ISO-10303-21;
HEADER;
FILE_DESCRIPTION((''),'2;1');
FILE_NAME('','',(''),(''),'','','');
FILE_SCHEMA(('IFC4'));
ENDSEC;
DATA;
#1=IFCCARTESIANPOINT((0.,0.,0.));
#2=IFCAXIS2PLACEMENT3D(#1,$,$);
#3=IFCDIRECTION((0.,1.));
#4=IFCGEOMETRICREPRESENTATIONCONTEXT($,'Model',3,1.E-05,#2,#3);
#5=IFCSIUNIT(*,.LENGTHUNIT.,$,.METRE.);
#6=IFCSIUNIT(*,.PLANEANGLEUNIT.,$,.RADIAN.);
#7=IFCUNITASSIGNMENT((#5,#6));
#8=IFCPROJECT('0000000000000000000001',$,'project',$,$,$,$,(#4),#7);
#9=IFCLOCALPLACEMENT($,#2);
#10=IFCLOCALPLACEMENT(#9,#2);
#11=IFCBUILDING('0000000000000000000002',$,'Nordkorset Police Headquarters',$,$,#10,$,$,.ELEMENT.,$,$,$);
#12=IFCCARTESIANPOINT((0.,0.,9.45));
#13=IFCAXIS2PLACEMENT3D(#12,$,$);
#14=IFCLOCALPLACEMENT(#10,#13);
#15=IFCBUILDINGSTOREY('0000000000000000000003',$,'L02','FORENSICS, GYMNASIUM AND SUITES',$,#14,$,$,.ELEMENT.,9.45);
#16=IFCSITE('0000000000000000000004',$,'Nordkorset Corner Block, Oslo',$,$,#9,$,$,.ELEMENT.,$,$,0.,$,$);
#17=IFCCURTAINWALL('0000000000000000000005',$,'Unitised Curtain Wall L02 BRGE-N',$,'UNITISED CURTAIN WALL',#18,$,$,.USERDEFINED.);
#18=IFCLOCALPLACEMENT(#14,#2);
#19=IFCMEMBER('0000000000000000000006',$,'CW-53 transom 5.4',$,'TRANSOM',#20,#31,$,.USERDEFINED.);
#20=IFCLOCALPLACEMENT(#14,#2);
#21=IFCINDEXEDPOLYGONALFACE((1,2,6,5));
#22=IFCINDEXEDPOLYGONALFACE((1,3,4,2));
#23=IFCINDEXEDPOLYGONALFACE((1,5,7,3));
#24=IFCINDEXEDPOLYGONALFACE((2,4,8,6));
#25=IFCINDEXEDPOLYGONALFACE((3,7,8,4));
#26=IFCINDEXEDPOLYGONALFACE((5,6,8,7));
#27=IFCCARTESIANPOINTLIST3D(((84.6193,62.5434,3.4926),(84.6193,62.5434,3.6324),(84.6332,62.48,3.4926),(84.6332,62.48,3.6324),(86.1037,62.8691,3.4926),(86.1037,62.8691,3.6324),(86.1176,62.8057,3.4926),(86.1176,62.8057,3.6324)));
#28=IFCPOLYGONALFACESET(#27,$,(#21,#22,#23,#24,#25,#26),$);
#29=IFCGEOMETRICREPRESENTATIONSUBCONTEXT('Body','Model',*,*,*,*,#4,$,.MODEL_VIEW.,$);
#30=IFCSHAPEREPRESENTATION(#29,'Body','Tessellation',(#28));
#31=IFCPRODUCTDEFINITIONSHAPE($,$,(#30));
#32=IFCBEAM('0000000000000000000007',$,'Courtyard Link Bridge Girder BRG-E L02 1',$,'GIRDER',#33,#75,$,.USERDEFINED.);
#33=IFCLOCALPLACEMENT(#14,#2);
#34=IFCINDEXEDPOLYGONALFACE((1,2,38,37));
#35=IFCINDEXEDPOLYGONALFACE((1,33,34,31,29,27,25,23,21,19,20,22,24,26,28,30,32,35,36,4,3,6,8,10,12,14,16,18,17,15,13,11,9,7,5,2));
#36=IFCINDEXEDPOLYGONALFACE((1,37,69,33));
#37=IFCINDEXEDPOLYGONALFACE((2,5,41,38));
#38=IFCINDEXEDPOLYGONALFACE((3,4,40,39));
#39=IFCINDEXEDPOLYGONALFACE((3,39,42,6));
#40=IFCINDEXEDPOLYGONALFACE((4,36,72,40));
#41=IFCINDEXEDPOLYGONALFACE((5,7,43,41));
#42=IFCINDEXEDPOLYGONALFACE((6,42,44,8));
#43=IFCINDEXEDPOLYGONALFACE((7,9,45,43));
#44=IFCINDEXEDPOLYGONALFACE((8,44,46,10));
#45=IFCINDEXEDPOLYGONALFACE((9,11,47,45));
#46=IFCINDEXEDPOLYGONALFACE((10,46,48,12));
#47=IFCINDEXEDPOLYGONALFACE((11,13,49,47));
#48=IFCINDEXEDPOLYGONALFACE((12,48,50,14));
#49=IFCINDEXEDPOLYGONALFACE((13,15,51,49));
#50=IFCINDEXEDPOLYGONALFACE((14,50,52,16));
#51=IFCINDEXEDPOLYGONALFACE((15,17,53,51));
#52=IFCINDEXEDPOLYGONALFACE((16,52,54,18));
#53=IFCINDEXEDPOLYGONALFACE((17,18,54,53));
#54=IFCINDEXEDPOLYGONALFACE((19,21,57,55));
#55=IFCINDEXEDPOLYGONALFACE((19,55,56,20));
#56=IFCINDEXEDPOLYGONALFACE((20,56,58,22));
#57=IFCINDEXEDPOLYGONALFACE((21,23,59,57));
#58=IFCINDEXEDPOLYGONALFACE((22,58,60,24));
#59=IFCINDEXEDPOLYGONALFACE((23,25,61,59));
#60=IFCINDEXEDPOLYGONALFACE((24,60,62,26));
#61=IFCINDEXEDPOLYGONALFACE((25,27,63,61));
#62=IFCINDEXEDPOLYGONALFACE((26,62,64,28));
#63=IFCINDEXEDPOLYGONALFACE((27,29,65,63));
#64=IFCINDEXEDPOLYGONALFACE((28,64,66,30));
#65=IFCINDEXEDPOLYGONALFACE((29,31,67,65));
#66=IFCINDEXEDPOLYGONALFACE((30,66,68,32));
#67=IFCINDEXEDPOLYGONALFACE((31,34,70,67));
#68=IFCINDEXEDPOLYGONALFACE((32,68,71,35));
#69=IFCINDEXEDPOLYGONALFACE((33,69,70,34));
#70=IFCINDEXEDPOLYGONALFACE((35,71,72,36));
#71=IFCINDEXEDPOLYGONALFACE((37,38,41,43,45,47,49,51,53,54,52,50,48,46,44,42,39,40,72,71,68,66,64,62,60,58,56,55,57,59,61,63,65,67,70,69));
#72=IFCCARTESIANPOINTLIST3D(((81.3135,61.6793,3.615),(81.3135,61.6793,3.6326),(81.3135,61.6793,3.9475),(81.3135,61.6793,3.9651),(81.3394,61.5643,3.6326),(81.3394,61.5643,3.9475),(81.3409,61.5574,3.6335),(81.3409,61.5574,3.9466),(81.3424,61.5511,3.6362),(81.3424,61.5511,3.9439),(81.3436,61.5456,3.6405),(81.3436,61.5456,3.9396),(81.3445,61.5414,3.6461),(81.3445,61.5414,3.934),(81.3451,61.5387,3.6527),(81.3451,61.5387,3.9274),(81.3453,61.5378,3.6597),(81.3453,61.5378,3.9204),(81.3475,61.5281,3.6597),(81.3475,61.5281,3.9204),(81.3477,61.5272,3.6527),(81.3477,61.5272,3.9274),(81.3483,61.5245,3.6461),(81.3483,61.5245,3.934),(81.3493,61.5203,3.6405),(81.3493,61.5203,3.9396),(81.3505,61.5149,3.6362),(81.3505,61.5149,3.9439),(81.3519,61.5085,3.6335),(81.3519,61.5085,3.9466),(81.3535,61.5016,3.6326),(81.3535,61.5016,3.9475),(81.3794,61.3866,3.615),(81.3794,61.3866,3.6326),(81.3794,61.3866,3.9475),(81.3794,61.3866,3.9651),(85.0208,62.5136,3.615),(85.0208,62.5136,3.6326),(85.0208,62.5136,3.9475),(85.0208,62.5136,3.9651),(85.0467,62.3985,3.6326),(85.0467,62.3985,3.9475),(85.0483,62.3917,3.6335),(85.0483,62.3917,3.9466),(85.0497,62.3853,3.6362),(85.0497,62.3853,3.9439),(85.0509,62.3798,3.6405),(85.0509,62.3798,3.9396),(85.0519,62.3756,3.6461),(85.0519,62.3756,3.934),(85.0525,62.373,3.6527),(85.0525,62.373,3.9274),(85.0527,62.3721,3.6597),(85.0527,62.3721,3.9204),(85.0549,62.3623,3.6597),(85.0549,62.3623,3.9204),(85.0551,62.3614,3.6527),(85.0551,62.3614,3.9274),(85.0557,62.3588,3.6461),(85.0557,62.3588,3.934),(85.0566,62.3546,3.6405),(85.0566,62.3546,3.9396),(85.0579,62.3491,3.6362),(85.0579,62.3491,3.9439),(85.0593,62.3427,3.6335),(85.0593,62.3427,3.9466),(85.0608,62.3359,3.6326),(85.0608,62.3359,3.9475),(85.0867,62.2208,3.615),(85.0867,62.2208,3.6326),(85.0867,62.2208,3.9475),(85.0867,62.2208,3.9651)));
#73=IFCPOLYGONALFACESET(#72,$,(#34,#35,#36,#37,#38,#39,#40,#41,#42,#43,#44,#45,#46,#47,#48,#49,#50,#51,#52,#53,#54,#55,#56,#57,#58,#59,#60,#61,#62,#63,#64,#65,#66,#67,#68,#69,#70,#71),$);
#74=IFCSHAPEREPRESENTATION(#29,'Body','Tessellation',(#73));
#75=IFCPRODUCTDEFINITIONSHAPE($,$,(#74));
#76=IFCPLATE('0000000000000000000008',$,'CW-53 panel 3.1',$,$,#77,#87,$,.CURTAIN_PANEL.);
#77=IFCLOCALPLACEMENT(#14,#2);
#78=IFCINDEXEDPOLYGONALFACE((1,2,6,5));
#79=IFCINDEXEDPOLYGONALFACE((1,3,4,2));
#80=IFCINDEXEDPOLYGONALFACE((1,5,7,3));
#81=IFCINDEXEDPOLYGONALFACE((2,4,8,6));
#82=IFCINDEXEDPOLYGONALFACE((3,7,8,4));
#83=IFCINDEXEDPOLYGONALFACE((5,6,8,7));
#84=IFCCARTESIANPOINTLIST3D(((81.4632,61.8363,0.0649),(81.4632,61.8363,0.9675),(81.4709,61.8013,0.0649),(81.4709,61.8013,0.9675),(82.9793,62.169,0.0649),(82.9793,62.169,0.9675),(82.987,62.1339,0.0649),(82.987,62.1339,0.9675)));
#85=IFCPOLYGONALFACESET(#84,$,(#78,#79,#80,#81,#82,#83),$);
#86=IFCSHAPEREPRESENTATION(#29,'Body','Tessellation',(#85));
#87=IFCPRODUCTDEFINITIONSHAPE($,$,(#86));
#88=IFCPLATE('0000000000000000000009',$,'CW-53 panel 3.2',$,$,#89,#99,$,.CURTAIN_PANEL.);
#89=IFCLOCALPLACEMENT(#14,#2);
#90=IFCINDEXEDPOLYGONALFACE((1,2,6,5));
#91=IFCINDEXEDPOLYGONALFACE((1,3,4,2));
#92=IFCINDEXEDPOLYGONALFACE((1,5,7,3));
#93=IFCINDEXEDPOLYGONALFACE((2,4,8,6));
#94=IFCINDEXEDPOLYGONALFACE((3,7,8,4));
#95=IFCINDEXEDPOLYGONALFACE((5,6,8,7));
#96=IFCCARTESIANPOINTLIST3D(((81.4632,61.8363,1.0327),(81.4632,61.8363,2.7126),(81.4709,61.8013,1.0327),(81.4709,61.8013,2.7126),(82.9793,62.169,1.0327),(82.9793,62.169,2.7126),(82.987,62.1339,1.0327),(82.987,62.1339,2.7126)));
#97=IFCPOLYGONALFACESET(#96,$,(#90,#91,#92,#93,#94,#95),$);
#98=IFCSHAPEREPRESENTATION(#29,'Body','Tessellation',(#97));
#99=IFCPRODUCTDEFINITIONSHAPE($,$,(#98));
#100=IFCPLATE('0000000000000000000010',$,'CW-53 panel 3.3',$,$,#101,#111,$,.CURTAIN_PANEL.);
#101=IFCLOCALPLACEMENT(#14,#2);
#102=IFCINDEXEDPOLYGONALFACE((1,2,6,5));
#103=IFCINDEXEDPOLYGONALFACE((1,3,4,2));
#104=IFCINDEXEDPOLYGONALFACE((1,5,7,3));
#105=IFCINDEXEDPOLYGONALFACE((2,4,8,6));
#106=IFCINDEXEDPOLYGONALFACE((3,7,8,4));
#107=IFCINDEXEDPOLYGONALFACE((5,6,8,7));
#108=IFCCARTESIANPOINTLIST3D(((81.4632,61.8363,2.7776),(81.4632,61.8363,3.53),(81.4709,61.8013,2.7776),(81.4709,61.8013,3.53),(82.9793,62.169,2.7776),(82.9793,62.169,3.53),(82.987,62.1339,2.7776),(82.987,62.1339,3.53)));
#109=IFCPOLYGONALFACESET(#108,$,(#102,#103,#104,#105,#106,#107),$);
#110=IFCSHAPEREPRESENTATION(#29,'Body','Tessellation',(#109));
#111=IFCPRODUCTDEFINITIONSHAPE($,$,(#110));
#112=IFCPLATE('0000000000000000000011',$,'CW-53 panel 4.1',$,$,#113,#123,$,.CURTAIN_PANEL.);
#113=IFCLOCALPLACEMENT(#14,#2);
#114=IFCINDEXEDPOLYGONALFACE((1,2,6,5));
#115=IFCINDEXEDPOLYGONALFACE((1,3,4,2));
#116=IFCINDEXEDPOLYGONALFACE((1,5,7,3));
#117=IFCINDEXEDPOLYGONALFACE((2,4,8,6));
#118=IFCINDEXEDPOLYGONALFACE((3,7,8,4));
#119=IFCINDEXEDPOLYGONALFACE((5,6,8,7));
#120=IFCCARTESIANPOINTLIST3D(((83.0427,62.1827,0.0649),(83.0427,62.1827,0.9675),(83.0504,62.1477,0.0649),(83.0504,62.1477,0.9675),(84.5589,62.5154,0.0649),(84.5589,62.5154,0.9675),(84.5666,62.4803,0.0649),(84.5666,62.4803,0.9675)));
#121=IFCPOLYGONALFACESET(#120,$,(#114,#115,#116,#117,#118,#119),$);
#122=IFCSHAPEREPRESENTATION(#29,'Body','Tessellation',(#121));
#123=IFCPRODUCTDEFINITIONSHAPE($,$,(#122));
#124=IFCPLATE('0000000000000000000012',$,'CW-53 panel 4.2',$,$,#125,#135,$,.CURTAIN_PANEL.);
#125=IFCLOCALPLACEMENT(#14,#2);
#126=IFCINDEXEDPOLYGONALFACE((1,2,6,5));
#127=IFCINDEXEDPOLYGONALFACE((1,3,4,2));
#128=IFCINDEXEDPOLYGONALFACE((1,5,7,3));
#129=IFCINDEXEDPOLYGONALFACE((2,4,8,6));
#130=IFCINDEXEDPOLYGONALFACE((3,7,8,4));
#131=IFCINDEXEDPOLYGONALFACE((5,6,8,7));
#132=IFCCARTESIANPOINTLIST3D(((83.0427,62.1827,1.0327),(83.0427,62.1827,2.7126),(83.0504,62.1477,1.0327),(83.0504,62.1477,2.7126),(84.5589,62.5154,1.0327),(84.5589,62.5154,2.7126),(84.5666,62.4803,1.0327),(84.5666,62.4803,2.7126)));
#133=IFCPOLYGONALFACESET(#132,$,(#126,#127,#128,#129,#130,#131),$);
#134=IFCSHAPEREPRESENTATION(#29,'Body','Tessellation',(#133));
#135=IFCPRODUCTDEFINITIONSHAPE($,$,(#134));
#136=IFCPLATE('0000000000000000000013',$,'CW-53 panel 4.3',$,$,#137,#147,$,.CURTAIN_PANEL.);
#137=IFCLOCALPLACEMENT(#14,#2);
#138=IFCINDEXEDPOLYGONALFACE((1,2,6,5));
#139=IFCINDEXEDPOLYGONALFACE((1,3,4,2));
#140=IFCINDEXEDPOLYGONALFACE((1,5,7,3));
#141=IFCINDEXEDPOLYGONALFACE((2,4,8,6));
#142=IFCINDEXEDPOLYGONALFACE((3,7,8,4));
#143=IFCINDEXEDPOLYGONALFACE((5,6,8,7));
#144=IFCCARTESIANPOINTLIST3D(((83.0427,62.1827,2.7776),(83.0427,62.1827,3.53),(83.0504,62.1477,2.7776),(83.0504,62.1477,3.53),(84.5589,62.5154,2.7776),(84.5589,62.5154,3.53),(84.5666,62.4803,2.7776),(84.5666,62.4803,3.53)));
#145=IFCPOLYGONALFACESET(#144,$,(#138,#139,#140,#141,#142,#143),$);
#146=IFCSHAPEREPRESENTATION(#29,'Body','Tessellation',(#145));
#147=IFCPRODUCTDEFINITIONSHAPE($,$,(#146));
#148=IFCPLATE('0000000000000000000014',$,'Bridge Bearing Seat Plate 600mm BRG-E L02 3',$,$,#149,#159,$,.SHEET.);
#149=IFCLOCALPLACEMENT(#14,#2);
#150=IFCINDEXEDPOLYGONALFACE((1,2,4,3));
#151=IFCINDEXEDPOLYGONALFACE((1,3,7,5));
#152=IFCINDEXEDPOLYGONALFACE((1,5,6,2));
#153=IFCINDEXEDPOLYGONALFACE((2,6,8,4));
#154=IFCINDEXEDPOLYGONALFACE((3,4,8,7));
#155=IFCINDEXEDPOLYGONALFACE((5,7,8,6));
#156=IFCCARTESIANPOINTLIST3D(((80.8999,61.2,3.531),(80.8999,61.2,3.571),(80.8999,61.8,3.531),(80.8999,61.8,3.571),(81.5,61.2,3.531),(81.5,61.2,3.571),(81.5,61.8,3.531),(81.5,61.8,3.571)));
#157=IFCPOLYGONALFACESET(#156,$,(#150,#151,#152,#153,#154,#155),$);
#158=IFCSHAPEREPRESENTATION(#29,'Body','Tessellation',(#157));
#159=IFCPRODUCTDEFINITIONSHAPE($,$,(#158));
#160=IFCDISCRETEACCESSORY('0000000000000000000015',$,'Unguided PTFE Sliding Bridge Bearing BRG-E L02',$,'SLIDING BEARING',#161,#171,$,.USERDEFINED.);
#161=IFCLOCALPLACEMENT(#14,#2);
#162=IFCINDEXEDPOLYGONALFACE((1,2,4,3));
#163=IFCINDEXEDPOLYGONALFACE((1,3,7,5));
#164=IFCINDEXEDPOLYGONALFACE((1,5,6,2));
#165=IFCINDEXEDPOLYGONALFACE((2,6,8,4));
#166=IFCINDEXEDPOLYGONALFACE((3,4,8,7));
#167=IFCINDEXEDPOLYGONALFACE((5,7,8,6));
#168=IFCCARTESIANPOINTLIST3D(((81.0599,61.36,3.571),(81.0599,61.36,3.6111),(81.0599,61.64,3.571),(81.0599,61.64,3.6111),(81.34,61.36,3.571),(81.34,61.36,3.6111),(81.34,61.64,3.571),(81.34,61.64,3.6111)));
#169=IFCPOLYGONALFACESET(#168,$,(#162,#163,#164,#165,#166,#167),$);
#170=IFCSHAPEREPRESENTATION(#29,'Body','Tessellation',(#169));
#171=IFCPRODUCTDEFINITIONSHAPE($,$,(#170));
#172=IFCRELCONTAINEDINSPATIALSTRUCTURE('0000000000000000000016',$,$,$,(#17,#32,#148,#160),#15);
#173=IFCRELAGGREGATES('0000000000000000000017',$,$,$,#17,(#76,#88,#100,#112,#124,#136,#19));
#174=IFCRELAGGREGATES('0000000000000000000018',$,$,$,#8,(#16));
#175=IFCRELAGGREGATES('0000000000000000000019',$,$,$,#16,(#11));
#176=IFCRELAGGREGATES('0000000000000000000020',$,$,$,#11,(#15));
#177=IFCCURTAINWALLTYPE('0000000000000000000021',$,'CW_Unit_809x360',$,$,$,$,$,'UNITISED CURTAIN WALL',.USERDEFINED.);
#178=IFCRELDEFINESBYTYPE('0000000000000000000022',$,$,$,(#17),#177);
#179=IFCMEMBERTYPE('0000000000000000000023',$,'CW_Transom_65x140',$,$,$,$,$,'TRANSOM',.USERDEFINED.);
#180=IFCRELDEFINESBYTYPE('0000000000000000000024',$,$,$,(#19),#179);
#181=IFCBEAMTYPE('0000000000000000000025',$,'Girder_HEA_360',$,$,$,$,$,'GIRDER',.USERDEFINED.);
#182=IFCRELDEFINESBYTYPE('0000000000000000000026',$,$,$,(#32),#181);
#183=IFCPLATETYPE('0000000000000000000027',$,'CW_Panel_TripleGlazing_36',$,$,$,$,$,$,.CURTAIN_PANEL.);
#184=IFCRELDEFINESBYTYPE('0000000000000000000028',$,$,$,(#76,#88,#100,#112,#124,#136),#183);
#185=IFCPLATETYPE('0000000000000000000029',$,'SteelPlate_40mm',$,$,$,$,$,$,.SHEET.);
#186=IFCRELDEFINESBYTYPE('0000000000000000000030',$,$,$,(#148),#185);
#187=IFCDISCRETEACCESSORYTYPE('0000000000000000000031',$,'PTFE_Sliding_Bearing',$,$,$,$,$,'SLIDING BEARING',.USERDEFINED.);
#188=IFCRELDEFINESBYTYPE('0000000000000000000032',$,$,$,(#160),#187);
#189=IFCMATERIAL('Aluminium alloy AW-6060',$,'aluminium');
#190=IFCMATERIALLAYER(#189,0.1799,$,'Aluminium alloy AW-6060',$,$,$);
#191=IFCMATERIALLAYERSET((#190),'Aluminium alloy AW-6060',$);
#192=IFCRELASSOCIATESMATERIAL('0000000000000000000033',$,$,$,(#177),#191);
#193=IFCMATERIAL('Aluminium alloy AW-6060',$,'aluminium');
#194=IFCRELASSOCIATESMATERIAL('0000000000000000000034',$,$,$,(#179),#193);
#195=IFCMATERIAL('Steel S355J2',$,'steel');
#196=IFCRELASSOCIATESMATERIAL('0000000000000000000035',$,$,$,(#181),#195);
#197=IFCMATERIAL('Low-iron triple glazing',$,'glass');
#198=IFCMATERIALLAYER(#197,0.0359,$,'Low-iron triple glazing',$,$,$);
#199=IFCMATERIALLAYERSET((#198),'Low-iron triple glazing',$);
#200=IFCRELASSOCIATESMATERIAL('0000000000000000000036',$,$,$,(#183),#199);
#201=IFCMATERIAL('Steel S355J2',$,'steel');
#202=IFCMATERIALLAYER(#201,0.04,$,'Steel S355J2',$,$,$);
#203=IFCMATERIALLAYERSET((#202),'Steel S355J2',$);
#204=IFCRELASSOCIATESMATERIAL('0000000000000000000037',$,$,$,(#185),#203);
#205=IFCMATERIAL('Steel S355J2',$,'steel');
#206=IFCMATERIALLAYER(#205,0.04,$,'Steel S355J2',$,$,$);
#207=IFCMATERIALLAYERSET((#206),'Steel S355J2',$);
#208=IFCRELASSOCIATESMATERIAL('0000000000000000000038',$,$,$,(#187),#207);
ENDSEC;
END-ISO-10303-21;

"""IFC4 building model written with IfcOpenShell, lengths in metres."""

from ifc_helpers import new_model, si_unit, direction, frame, origin, origin_2d, place, context, subcontext, project, spatial, rectangle, i_section, extrude, material, layer, layer_set, material_profile, profile_set, type_object, element, aggregate, save


model = new_model("IFC4")

# Units and contexts
model_context = context("Model", 3, precision=1e-05, world=origin(), true_north=direction((0.0, 1.0)))
body_context = subcontext(model_context, "Body", "Model", "MODEL_VIEW")
ifc_project = project(units=[si_unit("LENGTHUNIT", "METRE"), si_unit("PLANEANGLEUNIT", "RADIAN")], contexts=[model_context])

# Site, building, storey
site_placement = place(None, origin())
site = spatial("IfcSite", under=ifc_project, at=site_placement, Name="Nordkorset Corner Block, Oslo", CompositionType="ELEMENT", RefElevation=0.0)
building_placement = place(site_placement, origin())
building = spatial("IfcBuilding", under=site, at=building_placement, Name="Nordkorset Police Headquarters", CompositionType="ELEMENT")
storey_placement = place(building_placement, frame((0.0, 0.0, 9.45)))
storey = spatial("IfcBuildingStorey", under=building, at=storey_placement, Name="L02", Description="FORENSICS, GYMNASIUM AND SUITES", CompositionType="ELEMENT", Elevation=9.45)

# Curtain wall, member
ifc_material_1 = material(Name="Aluminium alloy AW-6060", Category="aluminium")
ifc_layer_1 = layer(ifc_material_1, 0.1799, Name="Aluminium alloy AW-6060")
ifc_layer_set_1 = layer_set([ifc_layer_1], Name="Aluminium alloy AW-6060")
curtain_wall_type = type_object("IfcCurtainWallType", Name="CW_Unit_809x360", ElementType="UNITISED CURTAIN WALL", PredefinedType="USERDEFINED", material=ifc_layer_set_1)
curtain_wall_placement = place(storey_placement, origin())
curtain_wall = element("IfcCurtainWall", 1, at=curtain_wall_placement, inside=storey, type_object=curtain_wall_type, Name="Unitised Curtain Wall L02 BRGE-N", ObjectType="UNITISED CURTAIN WALL", PredefinedType="USERDEFINED")
ifc_material_2 = material(Name="Aluminium alloy AW-6060", Category="aluminium")
ifc_material_profile_1 = material_profile(ifc_material_2, rectangle(XDim=0.0649, YDim=0.1399, at=origin_2d()), Name="ALU TRAN 65x140")
ifc_profile_set_1 = profile_set([ifc_material_profile_1], Name="Aluminium alloy AW-6060")
member_type_1 = type_object("IfcMemberType", Name="CW_Transom_65x140", ElementType="TRANSOM", PredefinedType="USERDEFINED", material=ifc_profile_set_1)
member_1_placement = place(storey_placement, frame((84.6262, 62.5117, 3.5625), z_axis=(0.976766, 0.21431, 0.0), x_axis=(-0.21431, 0.976766, 0.0)))
member_1 = element("IfcMember", 2, at=member_1_placement, type_object=member_type_1, Name="CW-53 transom 5.4", ObjectType="TRANSOM", PredefinedType="USERDEFINED", context=body_context, shape_type="SweptSolid", body=[
    extrude(rectangle(XDim=0.0649, YDim=0.1399, at=origin_2d()), origin(), (0.0, 0.0, 1.0), 1.5198),
])

# Beam
ifc_material_3 = material(Name="Steel S355J2", Category="steel")
ifc_material_profile_2 = material_profile(ifc_material_3, i_section(OverallWidth=0.3, OverallDepth=0.3501, WebThickness=0.01, FlangeThickness=0.0176, FilletRadius=0.0271, at=origin_2d()), Name="HEA 360")
ifc_profile_set_2 = profile_set([ifc_material_profile_2], Name="Steel S355J2")
beam_type = type_object("IfcBeamType", Name="Girder_HEA_360", ElementType="GIRDER", PredefinedType="USERDEFINED", material=ifc_profile_set_2)
beam_placement = place(storey_placement, frame((81.3464, 61.533, 3.79), z_axis=(0.975605, 0.219535, 0.0), x_axis=(-0.219535, 0.975605, 0.0)))
element("IfcBeam", 3, at=beam_placement, inside=storey, type_object=beam_type, Name="Courtyard Link Bridge Girder BRG-E L02 1", ObjectType="GIRDER", PredefinedType="USERDEFINED", context=body_context, shape_type="SweptSolid", body=[
    extrude(i_section(OverallWidth=0.3, OverallDepth=0.3501, WebThickness=0.01, FlangeThickness=0.0176, FilletRadius=0.0271, at=origin_2d()), origin(), (0.0, 0.0, 1.0), 3.8),
])

# Plates
ifc_material_4 = material(Name="Low-iron triple glazing", Category="glass")
ifc_layer_2 = layer(ifc_material_4, 0.0359, Name="Low-iron triple glazing")
ifc_layer_set_2 = layer_set([ifc_layer_2], Name="Low-iron triple glazing")
plate_type_1 = type_object("IfcPlateType", Name="CW_Panel_TripleGlazing_36", PredefinedType="CURTAIN_PANEL", material=ifc_layer_set_2)
plate_1_placement = place(storey_placement, frame((82.2251, 61.9851, 0.0649), z_axis=(0.0, 0.0, 1.0), x_axis=(0.976768, 0.214298, 0.0)))
plate_1 = element("IfcPlate", 4, at=plate_1_placement, type_object=plate_type_1, Name="CW-53 panel 3.1", PredefinedType="CURTAIN_PANEL", context=body_context, shape_type="SweptSolid", body=[
    extrude(rectangle(XDim=1.5522, YDim=0.0359, at=origin_2d()), origin(), (0.0, 0.0, 1.0), 0.9026),
])
plate_2_placement = place(storey_placement, frame((82.2251, 61.9851, 1.0327), z_axis=(0.0, 0.0, 1.0), x_axis=(0.976768, 0.214298, 0.0)))
plate_2 = element("IfcPlate", 5, at=plate_2_placement, type_object=plate_type_1, Name="CW-53 panel 3.2", PredefinedType="CURTAIN_PANEL", context=body_context, shape_type="SweptSolid", body=[
    extrude(rectangle(XDim=1.5522, YDim=0.0359, at=origin_2d()), origin(), (0.0, 0.0, 1.0), 1.6799),
])
plate_3_placement = place(storey_placement, frame((82.2251, 61.9851, 2.7776), z_axis=(0.0, 0.0, 1.0), x_axis=(0.976768, 0.214298, 0.0)))
plate_3 = element("IfcPlate", 6, at=plate_3_placement, type_object=plate_type_1, Name="CW-53 panel 3.3", PredefinedType="CURTAIN_PANEL", context=body_context, shape_type="SweptSolid", body=[
    extrude(rectangle(XDim=1.5522, YDim=0.0359, at=origin_2d()), origin(), (0.0, 0.0, 1.0), 0.7524),
])
plate_4_placement = place(storey_placement, frame((83.8047, 62.3315, 0.0649), z_axis=(0.0, 0.0, 1.0), x_axis=(0.976768, 0.214298, 0.0)))
plate_4 = element("IfcPlate", 7, at=plate_4_placement, type_object=plate_type_1, Name="CW-53 panel 4.1", PredefinedType="CURTAIN_PANEL", context=body_context, shape_type="SweptSolid", body=[
    extrude(rectangle(XDim=1.5522, YDim=0.0359, at=origin_2d()), origin(), (0.0, 0.0, 1.0), 0.9026),
])
plate_5_placement = place(storey_placement, frame((83.8047, 62.3315, 1.0327), z_axis=(0.0, 0.0, 1.0), x_axis=(0.976768, 0.214298, 0.0)))
plate_5 = element("IfcPlate", 8, at=plate_5_placement, type_object=plate_type_1, Name="CW-53 panel 4.2", PredefinedType="CURTAIN_PANEL", context=body_context, shape_type="SweptSolid", body=[
    extrude(rectangle(XDim=1.5522, YDim=0.0359, at=origin_2d()), origin(), (0.0, 0.0, 1.0), 1.6799),
])
plate_6_placement = place(storey_placement, frame((83.8047, 62.3315, 2.7776), z_axis=(0.0, 0.0, 1.0), x_axis=(0.976768, 0.214298, 0.0)))
plate_6 = element("IfcPlate", 9, at=plate_6_placement, type_object=plate_type_1, Name="CW-53 panel 4.3", PredefinedType="CURTAIN_PANEL", context=body_context, shape_type="SweptSolid", body=[
    extrude(rectangle(XDim=1.5522, YDim=0.0359, at=origin_2d()), origin(), (0.0, 0.0, 1.0), 0.7524),
])
aggregate(curtain_wall, [plate_1, plate_2, plate_3, plate_4, plate_5, plate_6, member_1])
ifc_material_5 = material(Name="Steel S355J2", Category="steel")
ifc_layer_3 = layer(ifc_material_5, 0.04, Name="Steel S355J2")
ifc_layer_set_3 = layer_set([ifc_layer_3], Name="Steel S355J2")
plate_type_2 = type_object("IfcPlateType", Name="SteelPlate_40mm", PredefinedType="SHEET", material=ifc_layer_set_3)
plate_7_placement = place(storey_placement, frame((81.2, 61.5, 3.531), z_axis=(0.0, 0.0, 1.0), x_axis=(1.0, 0.0, 0.0)))
element("IfcPlate", 10, at=plate_7_placement, inside=storey, type_object=plate_type_2, Name="Bridge Bearing Seat Plate 600mm BRG-E L02 3", PredefinedType="SHEET", context=body_context, shape_type="SweptSolid", body=[
    extrude(rectangle(XDim=0.6001, YDim=0.6001, at=origin_2d()), origin(), (0.0, 0.0, 1.0), 0.04),
])

# Discrete accessory
ifc_material_6 = material(Name="Steel S355J2", Category="steel")
ifc_layer_4 = layer(ifc_material_6, 0.04, Name="Steel S355J2")
ifc_layer_set_4 = layer_set([ifc_layer_4], Name="Steel S355J2")
discrete_accessory_type = type_object("IfcDiscreteAccessoryType", Name="PTFE_Sliding_Bearing", ElementType="SLIDING BEARING", PredefinedType="USERDEFINED", material=ifc_layer_set_4)
discrete_accessory_placement = place(storey_placement, frame((81.2, 61.5, 3.571), z_axis=(0.0, 0.0, 1.0), x_axis=(1.0, 0.0, 0.0)))
element("IfcDiscreteAccessory", 11, at=discrete_accessory_placement, inside=storey, type_object=discrete_accessory_type, Name="Unguided PTFE Sliding Bridge Bearing BRG-E L02", ObjectType="SLIDING BEARING", PredefinedType="USERDEFINED", context=body_context, shape_type="SweptSolid", body=[
    extrude(rectangle(XDim=0.28, YDim=0.28, at=origin_2d()), origin(), (0.0, 0.0, 1.0), 0.04),
])

save(model, "model.ifc")
